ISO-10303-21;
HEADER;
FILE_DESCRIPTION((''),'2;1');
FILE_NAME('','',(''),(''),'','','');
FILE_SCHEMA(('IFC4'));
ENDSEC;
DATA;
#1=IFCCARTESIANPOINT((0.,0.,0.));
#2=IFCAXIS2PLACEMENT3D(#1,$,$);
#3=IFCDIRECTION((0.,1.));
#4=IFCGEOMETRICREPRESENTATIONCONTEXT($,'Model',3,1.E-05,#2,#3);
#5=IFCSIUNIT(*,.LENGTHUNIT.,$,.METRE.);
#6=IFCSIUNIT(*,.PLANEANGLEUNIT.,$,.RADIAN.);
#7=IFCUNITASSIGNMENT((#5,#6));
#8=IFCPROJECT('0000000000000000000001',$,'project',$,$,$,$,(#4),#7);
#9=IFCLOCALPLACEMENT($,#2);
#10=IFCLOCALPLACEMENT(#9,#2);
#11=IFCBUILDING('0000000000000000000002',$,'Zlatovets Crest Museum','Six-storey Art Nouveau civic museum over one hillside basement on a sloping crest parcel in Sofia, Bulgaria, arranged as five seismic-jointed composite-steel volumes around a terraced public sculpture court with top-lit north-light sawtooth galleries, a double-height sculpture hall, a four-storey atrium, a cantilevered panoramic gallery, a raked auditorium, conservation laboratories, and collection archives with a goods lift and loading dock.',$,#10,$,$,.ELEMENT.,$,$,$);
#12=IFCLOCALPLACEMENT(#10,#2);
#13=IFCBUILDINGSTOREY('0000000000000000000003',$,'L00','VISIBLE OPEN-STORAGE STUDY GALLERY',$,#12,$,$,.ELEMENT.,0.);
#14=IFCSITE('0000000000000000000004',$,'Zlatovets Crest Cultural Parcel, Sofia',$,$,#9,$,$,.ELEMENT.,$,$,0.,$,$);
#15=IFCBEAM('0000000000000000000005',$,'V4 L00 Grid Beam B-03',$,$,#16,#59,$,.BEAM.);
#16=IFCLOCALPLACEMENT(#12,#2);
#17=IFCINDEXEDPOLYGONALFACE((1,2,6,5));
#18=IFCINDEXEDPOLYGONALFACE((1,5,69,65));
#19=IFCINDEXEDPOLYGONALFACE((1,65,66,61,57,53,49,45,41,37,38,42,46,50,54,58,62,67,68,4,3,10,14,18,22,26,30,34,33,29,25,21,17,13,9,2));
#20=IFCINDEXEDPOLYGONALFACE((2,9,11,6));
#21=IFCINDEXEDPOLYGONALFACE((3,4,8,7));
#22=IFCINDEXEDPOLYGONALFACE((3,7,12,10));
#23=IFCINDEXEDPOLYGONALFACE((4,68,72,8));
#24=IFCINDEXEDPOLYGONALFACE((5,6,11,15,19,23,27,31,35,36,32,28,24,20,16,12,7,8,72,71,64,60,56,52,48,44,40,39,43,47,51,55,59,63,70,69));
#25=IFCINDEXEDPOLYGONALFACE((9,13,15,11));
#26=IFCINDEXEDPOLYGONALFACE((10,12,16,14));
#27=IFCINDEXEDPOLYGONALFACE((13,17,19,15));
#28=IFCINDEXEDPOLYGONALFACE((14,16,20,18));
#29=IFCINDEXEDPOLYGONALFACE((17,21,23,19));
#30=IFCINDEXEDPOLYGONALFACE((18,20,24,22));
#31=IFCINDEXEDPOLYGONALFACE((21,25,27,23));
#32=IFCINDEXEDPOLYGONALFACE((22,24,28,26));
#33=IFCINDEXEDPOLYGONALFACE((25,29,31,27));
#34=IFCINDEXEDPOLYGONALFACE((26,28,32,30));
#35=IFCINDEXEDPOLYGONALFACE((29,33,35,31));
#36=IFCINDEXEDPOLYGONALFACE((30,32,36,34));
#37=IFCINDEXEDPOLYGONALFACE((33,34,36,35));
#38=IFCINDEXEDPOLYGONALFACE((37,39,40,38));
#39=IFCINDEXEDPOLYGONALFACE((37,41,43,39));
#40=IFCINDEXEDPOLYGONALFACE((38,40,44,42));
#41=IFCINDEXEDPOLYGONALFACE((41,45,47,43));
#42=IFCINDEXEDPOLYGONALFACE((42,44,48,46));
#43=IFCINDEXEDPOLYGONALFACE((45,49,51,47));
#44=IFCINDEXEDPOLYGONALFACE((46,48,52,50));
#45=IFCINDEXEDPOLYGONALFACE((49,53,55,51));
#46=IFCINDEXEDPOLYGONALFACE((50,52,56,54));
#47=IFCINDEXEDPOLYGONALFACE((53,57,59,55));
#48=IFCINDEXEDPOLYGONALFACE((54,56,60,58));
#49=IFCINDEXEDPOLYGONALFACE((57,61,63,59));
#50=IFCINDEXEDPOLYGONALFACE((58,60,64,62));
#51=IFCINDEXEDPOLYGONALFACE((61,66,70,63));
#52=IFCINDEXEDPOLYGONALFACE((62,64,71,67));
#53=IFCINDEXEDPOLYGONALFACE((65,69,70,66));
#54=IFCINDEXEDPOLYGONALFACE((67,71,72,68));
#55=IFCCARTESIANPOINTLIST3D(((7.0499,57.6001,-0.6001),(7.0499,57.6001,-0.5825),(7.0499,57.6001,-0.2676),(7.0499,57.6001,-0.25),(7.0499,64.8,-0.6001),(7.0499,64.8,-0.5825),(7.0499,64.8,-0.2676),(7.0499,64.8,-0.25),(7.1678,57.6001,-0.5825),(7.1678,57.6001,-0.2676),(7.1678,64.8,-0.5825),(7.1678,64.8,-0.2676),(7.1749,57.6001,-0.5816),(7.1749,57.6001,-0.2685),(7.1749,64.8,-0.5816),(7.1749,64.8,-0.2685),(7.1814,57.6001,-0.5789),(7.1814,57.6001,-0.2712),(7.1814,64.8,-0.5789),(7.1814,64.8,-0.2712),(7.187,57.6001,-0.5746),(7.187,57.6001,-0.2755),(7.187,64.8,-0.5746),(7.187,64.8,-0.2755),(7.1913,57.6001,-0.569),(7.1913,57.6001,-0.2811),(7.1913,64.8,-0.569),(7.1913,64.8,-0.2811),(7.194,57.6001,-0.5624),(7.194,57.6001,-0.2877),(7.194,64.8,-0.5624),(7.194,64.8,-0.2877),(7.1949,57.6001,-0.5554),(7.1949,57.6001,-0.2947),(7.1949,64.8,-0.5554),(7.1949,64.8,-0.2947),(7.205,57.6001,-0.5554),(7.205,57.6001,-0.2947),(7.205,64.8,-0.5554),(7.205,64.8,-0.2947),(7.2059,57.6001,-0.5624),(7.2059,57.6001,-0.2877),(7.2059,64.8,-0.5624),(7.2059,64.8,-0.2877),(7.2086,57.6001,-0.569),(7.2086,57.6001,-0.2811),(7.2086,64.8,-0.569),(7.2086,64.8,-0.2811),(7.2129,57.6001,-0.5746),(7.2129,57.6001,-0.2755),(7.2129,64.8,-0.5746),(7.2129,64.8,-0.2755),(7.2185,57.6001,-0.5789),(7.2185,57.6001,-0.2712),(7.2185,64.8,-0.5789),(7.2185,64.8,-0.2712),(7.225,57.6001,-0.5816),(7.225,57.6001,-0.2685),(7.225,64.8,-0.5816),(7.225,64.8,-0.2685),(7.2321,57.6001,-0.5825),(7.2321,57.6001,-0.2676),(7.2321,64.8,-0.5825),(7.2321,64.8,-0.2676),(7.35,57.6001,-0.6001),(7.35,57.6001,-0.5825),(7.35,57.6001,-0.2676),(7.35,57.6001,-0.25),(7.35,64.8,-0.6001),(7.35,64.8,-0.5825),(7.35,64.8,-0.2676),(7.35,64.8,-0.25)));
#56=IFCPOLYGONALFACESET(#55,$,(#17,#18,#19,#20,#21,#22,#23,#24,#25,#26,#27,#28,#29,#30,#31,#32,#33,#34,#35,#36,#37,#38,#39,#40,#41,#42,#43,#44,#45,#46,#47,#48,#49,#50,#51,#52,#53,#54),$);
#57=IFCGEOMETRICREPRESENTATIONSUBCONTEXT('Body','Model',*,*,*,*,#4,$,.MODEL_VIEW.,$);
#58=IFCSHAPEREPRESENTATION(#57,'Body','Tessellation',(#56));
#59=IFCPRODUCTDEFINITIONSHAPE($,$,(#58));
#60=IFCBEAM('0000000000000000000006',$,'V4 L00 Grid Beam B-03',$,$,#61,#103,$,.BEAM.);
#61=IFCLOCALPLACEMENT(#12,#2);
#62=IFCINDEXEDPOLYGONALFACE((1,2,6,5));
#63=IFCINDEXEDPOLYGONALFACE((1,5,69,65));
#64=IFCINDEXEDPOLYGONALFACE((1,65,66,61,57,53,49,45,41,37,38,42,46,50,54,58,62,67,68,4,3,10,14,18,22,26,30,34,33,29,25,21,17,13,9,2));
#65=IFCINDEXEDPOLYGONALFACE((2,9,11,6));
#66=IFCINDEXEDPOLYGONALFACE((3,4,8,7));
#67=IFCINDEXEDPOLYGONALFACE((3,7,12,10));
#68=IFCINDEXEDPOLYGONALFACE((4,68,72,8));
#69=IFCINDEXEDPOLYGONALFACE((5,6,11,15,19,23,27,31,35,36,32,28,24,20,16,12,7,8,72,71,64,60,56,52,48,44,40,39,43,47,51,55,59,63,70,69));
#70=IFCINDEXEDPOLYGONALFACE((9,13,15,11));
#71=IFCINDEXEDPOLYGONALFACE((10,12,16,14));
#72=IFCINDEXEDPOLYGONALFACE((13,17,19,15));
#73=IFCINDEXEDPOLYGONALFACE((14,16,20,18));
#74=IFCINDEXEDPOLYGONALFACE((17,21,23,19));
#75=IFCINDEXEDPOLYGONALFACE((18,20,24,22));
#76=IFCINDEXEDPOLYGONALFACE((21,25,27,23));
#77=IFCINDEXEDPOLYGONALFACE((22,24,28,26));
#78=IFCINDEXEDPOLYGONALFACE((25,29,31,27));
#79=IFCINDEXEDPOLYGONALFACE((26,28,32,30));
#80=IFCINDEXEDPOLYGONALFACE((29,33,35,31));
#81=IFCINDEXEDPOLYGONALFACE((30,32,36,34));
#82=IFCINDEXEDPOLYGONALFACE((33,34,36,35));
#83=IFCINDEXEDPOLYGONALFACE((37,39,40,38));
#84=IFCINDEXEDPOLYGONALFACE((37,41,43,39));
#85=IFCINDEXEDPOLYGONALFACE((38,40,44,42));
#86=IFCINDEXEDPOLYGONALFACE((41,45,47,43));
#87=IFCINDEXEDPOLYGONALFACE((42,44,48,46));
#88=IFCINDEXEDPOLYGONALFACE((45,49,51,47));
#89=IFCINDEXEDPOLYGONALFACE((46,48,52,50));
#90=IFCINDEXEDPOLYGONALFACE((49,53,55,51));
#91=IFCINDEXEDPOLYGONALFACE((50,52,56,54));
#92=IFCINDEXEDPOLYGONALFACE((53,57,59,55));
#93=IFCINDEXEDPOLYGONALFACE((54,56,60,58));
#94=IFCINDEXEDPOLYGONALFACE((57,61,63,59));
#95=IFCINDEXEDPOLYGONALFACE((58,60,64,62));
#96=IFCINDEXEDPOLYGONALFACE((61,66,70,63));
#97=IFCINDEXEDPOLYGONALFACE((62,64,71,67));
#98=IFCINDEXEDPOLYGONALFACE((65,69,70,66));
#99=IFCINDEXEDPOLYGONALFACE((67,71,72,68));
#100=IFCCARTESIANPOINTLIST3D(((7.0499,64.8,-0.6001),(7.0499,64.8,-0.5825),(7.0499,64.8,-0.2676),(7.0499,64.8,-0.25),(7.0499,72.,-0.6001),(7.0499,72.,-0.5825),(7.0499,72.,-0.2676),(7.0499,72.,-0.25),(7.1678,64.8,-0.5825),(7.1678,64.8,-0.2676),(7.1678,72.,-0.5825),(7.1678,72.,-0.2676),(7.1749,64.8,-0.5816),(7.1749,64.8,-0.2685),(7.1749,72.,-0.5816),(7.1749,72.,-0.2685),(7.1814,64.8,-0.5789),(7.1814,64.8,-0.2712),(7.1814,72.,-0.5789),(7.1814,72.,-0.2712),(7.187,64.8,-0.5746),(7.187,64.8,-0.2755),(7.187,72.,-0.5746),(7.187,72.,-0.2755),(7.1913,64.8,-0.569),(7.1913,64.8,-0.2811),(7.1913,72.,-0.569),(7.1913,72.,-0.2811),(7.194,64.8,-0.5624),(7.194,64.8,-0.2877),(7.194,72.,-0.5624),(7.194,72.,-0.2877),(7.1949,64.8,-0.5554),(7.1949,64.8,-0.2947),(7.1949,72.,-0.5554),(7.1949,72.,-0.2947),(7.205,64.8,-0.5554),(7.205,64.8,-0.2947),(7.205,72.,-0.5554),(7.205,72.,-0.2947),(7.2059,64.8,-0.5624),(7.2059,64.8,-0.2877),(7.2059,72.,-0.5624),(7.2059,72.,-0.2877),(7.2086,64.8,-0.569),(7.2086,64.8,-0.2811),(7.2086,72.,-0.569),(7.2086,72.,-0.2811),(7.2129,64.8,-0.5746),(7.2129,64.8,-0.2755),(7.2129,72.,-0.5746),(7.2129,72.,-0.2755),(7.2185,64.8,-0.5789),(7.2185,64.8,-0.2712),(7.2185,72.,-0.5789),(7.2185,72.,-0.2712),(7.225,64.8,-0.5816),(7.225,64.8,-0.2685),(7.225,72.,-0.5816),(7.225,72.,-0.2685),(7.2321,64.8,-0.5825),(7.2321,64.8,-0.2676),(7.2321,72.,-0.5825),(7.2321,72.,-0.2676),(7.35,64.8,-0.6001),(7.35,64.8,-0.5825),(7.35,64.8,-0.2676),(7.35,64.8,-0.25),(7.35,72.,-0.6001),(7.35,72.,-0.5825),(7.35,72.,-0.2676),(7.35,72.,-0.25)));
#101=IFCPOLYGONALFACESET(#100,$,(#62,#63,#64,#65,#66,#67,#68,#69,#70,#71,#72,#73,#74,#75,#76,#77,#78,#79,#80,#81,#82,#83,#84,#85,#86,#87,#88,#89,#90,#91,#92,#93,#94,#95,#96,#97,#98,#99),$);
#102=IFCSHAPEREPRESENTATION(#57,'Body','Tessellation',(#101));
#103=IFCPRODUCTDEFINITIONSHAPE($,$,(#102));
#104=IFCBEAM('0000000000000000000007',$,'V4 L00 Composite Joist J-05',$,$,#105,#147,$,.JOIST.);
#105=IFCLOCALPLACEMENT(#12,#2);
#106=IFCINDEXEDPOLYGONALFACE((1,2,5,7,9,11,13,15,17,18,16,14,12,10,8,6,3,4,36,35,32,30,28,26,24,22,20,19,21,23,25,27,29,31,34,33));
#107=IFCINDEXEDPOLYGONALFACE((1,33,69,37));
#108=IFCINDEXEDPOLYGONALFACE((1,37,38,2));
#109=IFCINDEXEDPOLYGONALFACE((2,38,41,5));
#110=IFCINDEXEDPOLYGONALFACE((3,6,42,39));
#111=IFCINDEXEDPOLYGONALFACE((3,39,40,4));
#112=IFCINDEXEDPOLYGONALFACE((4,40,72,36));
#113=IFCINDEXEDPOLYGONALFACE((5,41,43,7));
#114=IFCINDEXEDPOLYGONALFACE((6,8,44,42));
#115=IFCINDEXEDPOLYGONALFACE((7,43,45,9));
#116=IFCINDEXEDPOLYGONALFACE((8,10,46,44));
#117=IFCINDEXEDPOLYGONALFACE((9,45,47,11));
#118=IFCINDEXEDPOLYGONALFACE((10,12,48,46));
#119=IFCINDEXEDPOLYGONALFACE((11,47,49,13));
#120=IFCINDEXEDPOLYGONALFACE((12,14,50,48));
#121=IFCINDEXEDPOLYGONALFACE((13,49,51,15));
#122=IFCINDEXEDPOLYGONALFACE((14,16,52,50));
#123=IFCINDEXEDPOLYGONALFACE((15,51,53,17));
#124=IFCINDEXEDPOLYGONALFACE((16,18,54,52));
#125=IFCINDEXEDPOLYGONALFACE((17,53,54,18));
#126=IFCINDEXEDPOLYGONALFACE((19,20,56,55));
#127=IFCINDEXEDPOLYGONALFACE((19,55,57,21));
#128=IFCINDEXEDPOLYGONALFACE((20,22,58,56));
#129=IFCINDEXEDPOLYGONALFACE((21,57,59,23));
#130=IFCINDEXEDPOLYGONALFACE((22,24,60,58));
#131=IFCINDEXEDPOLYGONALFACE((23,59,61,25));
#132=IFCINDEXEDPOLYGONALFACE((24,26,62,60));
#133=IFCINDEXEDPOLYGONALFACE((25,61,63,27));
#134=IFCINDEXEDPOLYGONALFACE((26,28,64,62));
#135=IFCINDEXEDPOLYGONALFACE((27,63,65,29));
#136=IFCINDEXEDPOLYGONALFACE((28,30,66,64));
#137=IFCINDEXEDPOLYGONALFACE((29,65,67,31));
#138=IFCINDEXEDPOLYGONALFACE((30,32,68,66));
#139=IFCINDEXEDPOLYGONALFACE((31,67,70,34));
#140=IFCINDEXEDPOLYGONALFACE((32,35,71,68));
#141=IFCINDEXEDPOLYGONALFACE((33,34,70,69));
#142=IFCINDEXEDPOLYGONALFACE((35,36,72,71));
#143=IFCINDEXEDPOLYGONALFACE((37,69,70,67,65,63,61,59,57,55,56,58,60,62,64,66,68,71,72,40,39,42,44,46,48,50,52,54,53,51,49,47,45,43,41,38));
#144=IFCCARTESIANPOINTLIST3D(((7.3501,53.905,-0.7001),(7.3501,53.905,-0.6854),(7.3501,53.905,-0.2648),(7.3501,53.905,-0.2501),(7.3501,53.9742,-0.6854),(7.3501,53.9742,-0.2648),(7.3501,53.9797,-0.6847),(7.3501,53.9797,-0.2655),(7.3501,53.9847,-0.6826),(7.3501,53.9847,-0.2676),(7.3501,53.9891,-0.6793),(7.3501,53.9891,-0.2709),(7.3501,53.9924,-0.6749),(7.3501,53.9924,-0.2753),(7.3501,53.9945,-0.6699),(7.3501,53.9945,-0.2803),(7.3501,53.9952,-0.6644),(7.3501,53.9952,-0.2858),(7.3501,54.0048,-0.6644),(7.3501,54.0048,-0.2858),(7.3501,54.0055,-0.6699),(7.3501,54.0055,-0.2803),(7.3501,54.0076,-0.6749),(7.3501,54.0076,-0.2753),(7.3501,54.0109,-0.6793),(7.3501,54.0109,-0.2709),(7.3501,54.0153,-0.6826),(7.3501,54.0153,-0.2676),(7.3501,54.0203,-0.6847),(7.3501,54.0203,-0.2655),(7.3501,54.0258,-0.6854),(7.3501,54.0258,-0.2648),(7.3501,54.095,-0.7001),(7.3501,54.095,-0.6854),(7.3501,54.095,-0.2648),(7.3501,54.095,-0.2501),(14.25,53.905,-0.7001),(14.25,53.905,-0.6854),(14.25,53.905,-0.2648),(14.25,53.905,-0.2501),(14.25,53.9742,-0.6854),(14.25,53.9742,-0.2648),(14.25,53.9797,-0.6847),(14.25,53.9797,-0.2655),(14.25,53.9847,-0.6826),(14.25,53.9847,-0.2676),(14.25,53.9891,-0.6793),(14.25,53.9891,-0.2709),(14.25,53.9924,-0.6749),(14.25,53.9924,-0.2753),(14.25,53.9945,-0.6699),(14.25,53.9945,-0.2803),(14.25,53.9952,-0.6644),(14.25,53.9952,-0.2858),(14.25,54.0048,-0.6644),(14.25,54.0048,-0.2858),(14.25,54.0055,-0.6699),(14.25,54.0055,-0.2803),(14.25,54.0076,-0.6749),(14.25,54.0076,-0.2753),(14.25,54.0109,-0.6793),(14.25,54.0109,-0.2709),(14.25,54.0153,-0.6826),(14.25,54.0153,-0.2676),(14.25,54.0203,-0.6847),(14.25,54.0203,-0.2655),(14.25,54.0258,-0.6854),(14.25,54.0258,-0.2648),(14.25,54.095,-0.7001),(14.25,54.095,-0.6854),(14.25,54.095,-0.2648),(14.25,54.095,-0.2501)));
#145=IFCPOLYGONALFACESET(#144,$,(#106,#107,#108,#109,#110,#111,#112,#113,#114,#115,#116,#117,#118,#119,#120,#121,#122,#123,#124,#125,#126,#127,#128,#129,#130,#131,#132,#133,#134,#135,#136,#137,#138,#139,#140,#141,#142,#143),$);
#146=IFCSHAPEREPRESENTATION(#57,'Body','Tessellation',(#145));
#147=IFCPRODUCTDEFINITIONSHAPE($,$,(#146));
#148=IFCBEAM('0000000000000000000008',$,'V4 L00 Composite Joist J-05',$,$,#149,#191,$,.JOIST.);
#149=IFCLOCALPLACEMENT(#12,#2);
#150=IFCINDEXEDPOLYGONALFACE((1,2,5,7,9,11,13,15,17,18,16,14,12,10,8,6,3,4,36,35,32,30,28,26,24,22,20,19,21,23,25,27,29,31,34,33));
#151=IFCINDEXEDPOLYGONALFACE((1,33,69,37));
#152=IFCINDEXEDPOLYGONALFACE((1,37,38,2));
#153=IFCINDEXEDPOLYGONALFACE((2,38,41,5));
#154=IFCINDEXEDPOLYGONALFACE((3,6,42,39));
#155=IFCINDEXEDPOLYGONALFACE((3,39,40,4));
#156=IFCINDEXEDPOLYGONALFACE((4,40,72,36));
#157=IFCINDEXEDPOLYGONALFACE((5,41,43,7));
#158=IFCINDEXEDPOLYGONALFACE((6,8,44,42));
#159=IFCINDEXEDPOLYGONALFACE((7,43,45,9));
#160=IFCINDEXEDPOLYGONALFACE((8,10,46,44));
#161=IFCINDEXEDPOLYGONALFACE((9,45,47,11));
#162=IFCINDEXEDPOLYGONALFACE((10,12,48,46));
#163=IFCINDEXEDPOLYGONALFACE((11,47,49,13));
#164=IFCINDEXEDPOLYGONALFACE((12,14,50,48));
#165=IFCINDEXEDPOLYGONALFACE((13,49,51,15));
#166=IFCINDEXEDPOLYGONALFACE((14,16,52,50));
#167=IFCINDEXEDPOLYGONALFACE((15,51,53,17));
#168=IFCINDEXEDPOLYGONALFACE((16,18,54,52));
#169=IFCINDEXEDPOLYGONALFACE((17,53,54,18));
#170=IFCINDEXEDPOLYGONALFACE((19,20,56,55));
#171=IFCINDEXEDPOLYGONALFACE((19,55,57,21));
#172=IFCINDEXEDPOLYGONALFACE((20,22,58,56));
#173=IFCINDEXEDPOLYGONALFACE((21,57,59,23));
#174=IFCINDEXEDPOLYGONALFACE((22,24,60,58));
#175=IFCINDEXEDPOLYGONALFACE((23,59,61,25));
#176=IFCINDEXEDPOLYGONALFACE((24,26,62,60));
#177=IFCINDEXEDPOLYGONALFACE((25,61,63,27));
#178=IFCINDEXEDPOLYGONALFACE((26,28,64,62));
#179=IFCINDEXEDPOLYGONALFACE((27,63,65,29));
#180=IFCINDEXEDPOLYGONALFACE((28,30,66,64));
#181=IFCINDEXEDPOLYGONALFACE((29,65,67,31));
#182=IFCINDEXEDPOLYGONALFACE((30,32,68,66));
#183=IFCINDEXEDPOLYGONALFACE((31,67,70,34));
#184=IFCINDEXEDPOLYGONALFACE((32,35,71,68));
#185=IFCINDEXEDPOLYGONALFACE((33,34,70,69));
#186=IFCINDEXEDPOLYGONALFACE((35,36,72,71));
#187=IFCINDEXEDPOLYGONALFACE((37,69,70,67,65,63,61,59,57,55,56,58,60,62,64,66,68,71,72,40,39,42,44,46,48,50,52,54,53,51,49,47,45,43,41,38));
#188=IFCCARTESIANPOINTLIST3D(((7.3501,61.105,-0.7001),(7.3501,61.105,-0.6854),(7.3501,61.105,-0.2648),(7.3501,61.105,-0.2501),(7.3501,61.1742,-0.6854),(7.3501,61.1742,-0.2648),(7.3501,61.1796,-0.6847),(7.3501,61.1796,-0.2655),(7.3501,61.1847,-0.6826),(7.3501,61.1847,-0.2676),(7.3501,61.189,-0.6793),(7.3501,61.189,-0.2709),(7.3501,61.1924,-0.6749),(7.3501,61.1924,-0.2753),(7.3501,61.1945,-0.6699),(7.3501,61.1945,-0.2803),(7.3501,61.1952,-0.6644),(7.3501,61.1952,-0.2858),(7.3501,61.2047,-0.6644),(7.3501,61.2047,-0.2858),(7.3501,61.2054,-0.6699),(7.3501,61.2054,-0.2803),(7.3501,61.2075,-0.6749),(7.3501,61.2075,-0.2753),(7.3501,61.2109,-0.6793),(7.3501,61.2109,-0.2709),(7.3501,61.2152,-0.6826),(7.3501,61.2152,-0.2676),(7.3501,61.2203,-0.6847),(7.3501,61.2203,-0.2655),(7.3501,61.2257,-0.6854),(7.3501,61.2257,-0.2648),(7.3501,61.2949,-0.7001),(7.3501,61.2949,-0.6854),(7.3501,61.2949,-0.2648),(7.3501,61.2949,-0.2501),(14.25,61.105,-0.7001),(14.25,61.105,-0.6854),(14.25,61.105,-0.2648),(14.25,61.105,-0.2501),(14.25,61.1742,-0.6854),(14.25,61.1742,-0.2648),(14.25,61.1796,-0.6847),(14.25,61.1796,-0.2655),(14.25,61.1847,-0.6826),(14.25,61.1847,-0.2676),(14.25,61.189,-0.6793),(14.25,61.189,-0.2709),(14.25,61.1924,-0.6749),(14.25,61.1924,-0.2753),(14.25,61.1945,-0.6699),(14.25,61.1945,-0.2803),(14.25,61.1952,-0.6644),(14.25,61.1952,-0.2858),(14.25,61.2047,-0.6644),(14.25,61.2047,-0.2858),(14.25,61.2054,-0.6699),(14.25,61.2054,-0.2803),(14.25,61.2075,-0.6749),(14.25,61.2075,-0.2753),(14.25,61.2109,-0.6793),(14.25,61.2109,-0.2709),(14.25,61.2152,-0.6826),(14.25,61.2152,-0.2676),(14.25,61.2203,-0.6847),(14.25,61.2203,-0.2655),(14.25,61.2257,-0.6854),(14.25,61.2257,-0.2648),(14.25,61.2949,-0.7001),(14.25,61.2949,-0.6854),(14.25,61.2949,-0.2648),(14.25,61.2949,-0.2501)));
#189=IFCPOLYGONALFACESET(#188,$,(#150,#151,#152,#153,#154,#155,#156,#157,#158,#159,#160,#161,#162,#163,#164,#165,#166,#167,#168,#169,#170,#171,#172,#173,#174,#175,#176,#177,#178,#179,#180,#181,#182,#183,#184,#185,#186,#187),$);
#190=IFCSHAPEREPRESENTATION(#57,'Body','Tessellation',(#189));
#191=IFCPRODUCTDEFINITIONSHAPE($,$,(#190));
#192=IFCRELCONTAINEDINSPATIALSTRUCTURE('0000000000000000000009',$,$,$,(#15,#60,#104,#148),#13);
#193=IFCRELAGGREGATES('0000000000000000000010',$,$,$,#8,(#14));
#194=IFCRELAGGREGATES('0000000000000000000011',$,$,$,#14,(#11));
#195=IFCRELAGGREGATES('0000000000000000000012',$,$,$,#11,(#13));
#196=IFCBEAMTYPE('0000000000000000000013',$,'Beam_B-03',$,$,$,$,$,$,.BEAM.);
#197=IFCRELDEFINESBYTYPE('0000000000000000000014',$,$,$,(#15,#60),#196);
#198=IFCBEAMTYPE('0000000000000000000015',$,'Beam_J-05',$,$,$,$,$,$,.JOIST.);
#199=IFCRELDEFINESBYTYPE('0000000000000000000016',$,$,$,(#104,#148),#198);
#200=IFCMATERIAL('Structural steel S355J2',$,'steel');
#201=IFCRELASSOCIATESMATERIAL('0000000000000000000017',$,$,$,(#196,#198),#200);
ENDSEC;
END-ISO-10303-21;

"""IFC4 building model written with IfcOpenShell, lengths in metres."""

from ifc_helpers import new_model, si_unit, direction, frame, origin, origin_2d, place, context, subcontext, project, spatial, i_section, extrude, material, material_profile, profile_set, type_object, element, save


model = new_model("IFC4")

# Units and contexts
model_context = context("Model", 3, precision=1e-05, world=origin(), true_north=direction((0.0, 1.0)))
body_context = subcontext(model_context, "Body", "Model", "MODEL_VIEW")
ifc_project = project(units=[si_unit("LENGTHUNIT", "METRE"), si_unit("PLANEANGLEUNIT", "RADIAN")], contexts=[model_context])

# Site, building, storey
site_placement = place(None, origin())
site = spatial("IfcSite", under=ifc_project, at=site_placement, Name="Zlatovets Crest Cultural Parcel, Sofia", CompositionType="ELEMENT", RefElevation=0.0)
building_placement = place(site_placement, origin())
building = spatial("IfcBuilding", under=site, at=building_placement, Name="Zlatovets Crest Museum", Description="Six-storey Art Nouveau civic museum over one hillside basement on a sloping crest parcel in Sofia, Bulgaria, arranged as five seismic-jointed composite-steel volumes around a terraced public sculpture court with top-lit north-light sawtooth galleries, a double-height sculpture hall, a four-storey atrium, a cantilevered panoramic gallery, a raked auditorium, conservation laboratories, and collection archives with a goods lift and loading dock.", CompositionType="ELEMENT")
storey_placement = place(building_placement, origin())
storey = spatial("IfcBuildingStorey", under=building, at=storey_placement, Name="L00", Description="VISIBLE OPEN-STORAGE STUDY GALLERY", CompositionType="ELEMENT", Elevation=0.0)

# Shared definitions
ifc_material_1 = material(Name="Structural steel S355J2", Category="steel")

# Beams
ifc_material_profile_1 = material_profile(ifc_material_1, i_section(OverallWidth=0.3, OverallDepth=0.3501, WebThickness=0.01, FlangeThickness=0.0176, FilletRadius=0.0271, at=origin_2d()), Name="HEA 360")
ifc_profile_set_1 = profile_set([ifc_material_profile_1], Name="Structural steel S355J2")
beam_type_1 = type_object("IfcBeamType", Name="Beam_B-03", PredefinedType="BEAM", material=ifc_profile_set_1)
for number, where, z_axis, x_axis, name in (
    (1, (7.2, 57.6001, -0.425), (0.0, 1.0, 0.0), (-1.0, 0.0, 0.0), "V4 L00 Grid Beam B-03"),
    (2, (7.2, 64.8, -0.425), (0.0, 1.0, 0.0), (-1.0, 0.0, 0.0), "V4 L00 Grid Beam B-03"),
):
    element("IfcBeam", number, at=place(storey_placement, frame(where, z_axis=z_axis, x_axis=x_axis)), inside=storey, type_object=beam_type_1, Name=name, PredefinedType="BEAM", context=body_context, shape_type="SweptSolid", body=[
        extrude(i_section(OverallWidth=0.3, OverallDepth=0.3501, WebThickness=0.01, FlangeThickness=0.0176, FilletRadius=0.0271, at=origin_2d()), origin(), (0.0, 0.0, 1.0), 7.2),
    ])
ifc_material_profile_2 = material_profile(ifc_material_1, i_section(OverallWidth=0.1899, OverallDepth=0.45, WebThickness=0.0095, FlangeThickness=0.0146, FilletRadius=0.021, at=origin_2d()), Name="IPE 450")
ifc_profile_set_2 = profile_set([ifc_material_profile_2], Name="Structural steel S355J2")
beam_type_2 = type_object("IfcBeamType", Name="Beam_J-05", PredefinedType="JOIST", material=ifc_profile_set_2)
for number, where, z_axis, x_axis, name in (
    (3, (7.3501, 54.0, -0.4751), (1.0, 0.0, 0.0), (0.0, 1.0, 0.0), "V4 L00 Composite Joist J-05"),
    (4, (7.3501, 61.2, -0.4751), (1.0, 0.0, 0.0), (0.0, 1.0, 0.0), "V4 L00 Composite Joist J-05"),
):
    element("IfcBeam", number, at=place(storey_placement, frame(where, z_axis=z_axis, x_axis=x_axis)), inside=storey, type_object=beam_type_2, Name=name, PredefinedType="JOIST", context=body_context, shape_type="SweptSolid", body=[
        extrude(i_section(OverallWidth=0.1899, OverallDepth=0.45, WebThickness=0.0095, FlangeThickness=0.0146, FilletRadius=0.021, at=origin_2d()), origin(), (0.0, 0.0, 1.0), 6.8999),
    ])

save(model, "model.ifc")
